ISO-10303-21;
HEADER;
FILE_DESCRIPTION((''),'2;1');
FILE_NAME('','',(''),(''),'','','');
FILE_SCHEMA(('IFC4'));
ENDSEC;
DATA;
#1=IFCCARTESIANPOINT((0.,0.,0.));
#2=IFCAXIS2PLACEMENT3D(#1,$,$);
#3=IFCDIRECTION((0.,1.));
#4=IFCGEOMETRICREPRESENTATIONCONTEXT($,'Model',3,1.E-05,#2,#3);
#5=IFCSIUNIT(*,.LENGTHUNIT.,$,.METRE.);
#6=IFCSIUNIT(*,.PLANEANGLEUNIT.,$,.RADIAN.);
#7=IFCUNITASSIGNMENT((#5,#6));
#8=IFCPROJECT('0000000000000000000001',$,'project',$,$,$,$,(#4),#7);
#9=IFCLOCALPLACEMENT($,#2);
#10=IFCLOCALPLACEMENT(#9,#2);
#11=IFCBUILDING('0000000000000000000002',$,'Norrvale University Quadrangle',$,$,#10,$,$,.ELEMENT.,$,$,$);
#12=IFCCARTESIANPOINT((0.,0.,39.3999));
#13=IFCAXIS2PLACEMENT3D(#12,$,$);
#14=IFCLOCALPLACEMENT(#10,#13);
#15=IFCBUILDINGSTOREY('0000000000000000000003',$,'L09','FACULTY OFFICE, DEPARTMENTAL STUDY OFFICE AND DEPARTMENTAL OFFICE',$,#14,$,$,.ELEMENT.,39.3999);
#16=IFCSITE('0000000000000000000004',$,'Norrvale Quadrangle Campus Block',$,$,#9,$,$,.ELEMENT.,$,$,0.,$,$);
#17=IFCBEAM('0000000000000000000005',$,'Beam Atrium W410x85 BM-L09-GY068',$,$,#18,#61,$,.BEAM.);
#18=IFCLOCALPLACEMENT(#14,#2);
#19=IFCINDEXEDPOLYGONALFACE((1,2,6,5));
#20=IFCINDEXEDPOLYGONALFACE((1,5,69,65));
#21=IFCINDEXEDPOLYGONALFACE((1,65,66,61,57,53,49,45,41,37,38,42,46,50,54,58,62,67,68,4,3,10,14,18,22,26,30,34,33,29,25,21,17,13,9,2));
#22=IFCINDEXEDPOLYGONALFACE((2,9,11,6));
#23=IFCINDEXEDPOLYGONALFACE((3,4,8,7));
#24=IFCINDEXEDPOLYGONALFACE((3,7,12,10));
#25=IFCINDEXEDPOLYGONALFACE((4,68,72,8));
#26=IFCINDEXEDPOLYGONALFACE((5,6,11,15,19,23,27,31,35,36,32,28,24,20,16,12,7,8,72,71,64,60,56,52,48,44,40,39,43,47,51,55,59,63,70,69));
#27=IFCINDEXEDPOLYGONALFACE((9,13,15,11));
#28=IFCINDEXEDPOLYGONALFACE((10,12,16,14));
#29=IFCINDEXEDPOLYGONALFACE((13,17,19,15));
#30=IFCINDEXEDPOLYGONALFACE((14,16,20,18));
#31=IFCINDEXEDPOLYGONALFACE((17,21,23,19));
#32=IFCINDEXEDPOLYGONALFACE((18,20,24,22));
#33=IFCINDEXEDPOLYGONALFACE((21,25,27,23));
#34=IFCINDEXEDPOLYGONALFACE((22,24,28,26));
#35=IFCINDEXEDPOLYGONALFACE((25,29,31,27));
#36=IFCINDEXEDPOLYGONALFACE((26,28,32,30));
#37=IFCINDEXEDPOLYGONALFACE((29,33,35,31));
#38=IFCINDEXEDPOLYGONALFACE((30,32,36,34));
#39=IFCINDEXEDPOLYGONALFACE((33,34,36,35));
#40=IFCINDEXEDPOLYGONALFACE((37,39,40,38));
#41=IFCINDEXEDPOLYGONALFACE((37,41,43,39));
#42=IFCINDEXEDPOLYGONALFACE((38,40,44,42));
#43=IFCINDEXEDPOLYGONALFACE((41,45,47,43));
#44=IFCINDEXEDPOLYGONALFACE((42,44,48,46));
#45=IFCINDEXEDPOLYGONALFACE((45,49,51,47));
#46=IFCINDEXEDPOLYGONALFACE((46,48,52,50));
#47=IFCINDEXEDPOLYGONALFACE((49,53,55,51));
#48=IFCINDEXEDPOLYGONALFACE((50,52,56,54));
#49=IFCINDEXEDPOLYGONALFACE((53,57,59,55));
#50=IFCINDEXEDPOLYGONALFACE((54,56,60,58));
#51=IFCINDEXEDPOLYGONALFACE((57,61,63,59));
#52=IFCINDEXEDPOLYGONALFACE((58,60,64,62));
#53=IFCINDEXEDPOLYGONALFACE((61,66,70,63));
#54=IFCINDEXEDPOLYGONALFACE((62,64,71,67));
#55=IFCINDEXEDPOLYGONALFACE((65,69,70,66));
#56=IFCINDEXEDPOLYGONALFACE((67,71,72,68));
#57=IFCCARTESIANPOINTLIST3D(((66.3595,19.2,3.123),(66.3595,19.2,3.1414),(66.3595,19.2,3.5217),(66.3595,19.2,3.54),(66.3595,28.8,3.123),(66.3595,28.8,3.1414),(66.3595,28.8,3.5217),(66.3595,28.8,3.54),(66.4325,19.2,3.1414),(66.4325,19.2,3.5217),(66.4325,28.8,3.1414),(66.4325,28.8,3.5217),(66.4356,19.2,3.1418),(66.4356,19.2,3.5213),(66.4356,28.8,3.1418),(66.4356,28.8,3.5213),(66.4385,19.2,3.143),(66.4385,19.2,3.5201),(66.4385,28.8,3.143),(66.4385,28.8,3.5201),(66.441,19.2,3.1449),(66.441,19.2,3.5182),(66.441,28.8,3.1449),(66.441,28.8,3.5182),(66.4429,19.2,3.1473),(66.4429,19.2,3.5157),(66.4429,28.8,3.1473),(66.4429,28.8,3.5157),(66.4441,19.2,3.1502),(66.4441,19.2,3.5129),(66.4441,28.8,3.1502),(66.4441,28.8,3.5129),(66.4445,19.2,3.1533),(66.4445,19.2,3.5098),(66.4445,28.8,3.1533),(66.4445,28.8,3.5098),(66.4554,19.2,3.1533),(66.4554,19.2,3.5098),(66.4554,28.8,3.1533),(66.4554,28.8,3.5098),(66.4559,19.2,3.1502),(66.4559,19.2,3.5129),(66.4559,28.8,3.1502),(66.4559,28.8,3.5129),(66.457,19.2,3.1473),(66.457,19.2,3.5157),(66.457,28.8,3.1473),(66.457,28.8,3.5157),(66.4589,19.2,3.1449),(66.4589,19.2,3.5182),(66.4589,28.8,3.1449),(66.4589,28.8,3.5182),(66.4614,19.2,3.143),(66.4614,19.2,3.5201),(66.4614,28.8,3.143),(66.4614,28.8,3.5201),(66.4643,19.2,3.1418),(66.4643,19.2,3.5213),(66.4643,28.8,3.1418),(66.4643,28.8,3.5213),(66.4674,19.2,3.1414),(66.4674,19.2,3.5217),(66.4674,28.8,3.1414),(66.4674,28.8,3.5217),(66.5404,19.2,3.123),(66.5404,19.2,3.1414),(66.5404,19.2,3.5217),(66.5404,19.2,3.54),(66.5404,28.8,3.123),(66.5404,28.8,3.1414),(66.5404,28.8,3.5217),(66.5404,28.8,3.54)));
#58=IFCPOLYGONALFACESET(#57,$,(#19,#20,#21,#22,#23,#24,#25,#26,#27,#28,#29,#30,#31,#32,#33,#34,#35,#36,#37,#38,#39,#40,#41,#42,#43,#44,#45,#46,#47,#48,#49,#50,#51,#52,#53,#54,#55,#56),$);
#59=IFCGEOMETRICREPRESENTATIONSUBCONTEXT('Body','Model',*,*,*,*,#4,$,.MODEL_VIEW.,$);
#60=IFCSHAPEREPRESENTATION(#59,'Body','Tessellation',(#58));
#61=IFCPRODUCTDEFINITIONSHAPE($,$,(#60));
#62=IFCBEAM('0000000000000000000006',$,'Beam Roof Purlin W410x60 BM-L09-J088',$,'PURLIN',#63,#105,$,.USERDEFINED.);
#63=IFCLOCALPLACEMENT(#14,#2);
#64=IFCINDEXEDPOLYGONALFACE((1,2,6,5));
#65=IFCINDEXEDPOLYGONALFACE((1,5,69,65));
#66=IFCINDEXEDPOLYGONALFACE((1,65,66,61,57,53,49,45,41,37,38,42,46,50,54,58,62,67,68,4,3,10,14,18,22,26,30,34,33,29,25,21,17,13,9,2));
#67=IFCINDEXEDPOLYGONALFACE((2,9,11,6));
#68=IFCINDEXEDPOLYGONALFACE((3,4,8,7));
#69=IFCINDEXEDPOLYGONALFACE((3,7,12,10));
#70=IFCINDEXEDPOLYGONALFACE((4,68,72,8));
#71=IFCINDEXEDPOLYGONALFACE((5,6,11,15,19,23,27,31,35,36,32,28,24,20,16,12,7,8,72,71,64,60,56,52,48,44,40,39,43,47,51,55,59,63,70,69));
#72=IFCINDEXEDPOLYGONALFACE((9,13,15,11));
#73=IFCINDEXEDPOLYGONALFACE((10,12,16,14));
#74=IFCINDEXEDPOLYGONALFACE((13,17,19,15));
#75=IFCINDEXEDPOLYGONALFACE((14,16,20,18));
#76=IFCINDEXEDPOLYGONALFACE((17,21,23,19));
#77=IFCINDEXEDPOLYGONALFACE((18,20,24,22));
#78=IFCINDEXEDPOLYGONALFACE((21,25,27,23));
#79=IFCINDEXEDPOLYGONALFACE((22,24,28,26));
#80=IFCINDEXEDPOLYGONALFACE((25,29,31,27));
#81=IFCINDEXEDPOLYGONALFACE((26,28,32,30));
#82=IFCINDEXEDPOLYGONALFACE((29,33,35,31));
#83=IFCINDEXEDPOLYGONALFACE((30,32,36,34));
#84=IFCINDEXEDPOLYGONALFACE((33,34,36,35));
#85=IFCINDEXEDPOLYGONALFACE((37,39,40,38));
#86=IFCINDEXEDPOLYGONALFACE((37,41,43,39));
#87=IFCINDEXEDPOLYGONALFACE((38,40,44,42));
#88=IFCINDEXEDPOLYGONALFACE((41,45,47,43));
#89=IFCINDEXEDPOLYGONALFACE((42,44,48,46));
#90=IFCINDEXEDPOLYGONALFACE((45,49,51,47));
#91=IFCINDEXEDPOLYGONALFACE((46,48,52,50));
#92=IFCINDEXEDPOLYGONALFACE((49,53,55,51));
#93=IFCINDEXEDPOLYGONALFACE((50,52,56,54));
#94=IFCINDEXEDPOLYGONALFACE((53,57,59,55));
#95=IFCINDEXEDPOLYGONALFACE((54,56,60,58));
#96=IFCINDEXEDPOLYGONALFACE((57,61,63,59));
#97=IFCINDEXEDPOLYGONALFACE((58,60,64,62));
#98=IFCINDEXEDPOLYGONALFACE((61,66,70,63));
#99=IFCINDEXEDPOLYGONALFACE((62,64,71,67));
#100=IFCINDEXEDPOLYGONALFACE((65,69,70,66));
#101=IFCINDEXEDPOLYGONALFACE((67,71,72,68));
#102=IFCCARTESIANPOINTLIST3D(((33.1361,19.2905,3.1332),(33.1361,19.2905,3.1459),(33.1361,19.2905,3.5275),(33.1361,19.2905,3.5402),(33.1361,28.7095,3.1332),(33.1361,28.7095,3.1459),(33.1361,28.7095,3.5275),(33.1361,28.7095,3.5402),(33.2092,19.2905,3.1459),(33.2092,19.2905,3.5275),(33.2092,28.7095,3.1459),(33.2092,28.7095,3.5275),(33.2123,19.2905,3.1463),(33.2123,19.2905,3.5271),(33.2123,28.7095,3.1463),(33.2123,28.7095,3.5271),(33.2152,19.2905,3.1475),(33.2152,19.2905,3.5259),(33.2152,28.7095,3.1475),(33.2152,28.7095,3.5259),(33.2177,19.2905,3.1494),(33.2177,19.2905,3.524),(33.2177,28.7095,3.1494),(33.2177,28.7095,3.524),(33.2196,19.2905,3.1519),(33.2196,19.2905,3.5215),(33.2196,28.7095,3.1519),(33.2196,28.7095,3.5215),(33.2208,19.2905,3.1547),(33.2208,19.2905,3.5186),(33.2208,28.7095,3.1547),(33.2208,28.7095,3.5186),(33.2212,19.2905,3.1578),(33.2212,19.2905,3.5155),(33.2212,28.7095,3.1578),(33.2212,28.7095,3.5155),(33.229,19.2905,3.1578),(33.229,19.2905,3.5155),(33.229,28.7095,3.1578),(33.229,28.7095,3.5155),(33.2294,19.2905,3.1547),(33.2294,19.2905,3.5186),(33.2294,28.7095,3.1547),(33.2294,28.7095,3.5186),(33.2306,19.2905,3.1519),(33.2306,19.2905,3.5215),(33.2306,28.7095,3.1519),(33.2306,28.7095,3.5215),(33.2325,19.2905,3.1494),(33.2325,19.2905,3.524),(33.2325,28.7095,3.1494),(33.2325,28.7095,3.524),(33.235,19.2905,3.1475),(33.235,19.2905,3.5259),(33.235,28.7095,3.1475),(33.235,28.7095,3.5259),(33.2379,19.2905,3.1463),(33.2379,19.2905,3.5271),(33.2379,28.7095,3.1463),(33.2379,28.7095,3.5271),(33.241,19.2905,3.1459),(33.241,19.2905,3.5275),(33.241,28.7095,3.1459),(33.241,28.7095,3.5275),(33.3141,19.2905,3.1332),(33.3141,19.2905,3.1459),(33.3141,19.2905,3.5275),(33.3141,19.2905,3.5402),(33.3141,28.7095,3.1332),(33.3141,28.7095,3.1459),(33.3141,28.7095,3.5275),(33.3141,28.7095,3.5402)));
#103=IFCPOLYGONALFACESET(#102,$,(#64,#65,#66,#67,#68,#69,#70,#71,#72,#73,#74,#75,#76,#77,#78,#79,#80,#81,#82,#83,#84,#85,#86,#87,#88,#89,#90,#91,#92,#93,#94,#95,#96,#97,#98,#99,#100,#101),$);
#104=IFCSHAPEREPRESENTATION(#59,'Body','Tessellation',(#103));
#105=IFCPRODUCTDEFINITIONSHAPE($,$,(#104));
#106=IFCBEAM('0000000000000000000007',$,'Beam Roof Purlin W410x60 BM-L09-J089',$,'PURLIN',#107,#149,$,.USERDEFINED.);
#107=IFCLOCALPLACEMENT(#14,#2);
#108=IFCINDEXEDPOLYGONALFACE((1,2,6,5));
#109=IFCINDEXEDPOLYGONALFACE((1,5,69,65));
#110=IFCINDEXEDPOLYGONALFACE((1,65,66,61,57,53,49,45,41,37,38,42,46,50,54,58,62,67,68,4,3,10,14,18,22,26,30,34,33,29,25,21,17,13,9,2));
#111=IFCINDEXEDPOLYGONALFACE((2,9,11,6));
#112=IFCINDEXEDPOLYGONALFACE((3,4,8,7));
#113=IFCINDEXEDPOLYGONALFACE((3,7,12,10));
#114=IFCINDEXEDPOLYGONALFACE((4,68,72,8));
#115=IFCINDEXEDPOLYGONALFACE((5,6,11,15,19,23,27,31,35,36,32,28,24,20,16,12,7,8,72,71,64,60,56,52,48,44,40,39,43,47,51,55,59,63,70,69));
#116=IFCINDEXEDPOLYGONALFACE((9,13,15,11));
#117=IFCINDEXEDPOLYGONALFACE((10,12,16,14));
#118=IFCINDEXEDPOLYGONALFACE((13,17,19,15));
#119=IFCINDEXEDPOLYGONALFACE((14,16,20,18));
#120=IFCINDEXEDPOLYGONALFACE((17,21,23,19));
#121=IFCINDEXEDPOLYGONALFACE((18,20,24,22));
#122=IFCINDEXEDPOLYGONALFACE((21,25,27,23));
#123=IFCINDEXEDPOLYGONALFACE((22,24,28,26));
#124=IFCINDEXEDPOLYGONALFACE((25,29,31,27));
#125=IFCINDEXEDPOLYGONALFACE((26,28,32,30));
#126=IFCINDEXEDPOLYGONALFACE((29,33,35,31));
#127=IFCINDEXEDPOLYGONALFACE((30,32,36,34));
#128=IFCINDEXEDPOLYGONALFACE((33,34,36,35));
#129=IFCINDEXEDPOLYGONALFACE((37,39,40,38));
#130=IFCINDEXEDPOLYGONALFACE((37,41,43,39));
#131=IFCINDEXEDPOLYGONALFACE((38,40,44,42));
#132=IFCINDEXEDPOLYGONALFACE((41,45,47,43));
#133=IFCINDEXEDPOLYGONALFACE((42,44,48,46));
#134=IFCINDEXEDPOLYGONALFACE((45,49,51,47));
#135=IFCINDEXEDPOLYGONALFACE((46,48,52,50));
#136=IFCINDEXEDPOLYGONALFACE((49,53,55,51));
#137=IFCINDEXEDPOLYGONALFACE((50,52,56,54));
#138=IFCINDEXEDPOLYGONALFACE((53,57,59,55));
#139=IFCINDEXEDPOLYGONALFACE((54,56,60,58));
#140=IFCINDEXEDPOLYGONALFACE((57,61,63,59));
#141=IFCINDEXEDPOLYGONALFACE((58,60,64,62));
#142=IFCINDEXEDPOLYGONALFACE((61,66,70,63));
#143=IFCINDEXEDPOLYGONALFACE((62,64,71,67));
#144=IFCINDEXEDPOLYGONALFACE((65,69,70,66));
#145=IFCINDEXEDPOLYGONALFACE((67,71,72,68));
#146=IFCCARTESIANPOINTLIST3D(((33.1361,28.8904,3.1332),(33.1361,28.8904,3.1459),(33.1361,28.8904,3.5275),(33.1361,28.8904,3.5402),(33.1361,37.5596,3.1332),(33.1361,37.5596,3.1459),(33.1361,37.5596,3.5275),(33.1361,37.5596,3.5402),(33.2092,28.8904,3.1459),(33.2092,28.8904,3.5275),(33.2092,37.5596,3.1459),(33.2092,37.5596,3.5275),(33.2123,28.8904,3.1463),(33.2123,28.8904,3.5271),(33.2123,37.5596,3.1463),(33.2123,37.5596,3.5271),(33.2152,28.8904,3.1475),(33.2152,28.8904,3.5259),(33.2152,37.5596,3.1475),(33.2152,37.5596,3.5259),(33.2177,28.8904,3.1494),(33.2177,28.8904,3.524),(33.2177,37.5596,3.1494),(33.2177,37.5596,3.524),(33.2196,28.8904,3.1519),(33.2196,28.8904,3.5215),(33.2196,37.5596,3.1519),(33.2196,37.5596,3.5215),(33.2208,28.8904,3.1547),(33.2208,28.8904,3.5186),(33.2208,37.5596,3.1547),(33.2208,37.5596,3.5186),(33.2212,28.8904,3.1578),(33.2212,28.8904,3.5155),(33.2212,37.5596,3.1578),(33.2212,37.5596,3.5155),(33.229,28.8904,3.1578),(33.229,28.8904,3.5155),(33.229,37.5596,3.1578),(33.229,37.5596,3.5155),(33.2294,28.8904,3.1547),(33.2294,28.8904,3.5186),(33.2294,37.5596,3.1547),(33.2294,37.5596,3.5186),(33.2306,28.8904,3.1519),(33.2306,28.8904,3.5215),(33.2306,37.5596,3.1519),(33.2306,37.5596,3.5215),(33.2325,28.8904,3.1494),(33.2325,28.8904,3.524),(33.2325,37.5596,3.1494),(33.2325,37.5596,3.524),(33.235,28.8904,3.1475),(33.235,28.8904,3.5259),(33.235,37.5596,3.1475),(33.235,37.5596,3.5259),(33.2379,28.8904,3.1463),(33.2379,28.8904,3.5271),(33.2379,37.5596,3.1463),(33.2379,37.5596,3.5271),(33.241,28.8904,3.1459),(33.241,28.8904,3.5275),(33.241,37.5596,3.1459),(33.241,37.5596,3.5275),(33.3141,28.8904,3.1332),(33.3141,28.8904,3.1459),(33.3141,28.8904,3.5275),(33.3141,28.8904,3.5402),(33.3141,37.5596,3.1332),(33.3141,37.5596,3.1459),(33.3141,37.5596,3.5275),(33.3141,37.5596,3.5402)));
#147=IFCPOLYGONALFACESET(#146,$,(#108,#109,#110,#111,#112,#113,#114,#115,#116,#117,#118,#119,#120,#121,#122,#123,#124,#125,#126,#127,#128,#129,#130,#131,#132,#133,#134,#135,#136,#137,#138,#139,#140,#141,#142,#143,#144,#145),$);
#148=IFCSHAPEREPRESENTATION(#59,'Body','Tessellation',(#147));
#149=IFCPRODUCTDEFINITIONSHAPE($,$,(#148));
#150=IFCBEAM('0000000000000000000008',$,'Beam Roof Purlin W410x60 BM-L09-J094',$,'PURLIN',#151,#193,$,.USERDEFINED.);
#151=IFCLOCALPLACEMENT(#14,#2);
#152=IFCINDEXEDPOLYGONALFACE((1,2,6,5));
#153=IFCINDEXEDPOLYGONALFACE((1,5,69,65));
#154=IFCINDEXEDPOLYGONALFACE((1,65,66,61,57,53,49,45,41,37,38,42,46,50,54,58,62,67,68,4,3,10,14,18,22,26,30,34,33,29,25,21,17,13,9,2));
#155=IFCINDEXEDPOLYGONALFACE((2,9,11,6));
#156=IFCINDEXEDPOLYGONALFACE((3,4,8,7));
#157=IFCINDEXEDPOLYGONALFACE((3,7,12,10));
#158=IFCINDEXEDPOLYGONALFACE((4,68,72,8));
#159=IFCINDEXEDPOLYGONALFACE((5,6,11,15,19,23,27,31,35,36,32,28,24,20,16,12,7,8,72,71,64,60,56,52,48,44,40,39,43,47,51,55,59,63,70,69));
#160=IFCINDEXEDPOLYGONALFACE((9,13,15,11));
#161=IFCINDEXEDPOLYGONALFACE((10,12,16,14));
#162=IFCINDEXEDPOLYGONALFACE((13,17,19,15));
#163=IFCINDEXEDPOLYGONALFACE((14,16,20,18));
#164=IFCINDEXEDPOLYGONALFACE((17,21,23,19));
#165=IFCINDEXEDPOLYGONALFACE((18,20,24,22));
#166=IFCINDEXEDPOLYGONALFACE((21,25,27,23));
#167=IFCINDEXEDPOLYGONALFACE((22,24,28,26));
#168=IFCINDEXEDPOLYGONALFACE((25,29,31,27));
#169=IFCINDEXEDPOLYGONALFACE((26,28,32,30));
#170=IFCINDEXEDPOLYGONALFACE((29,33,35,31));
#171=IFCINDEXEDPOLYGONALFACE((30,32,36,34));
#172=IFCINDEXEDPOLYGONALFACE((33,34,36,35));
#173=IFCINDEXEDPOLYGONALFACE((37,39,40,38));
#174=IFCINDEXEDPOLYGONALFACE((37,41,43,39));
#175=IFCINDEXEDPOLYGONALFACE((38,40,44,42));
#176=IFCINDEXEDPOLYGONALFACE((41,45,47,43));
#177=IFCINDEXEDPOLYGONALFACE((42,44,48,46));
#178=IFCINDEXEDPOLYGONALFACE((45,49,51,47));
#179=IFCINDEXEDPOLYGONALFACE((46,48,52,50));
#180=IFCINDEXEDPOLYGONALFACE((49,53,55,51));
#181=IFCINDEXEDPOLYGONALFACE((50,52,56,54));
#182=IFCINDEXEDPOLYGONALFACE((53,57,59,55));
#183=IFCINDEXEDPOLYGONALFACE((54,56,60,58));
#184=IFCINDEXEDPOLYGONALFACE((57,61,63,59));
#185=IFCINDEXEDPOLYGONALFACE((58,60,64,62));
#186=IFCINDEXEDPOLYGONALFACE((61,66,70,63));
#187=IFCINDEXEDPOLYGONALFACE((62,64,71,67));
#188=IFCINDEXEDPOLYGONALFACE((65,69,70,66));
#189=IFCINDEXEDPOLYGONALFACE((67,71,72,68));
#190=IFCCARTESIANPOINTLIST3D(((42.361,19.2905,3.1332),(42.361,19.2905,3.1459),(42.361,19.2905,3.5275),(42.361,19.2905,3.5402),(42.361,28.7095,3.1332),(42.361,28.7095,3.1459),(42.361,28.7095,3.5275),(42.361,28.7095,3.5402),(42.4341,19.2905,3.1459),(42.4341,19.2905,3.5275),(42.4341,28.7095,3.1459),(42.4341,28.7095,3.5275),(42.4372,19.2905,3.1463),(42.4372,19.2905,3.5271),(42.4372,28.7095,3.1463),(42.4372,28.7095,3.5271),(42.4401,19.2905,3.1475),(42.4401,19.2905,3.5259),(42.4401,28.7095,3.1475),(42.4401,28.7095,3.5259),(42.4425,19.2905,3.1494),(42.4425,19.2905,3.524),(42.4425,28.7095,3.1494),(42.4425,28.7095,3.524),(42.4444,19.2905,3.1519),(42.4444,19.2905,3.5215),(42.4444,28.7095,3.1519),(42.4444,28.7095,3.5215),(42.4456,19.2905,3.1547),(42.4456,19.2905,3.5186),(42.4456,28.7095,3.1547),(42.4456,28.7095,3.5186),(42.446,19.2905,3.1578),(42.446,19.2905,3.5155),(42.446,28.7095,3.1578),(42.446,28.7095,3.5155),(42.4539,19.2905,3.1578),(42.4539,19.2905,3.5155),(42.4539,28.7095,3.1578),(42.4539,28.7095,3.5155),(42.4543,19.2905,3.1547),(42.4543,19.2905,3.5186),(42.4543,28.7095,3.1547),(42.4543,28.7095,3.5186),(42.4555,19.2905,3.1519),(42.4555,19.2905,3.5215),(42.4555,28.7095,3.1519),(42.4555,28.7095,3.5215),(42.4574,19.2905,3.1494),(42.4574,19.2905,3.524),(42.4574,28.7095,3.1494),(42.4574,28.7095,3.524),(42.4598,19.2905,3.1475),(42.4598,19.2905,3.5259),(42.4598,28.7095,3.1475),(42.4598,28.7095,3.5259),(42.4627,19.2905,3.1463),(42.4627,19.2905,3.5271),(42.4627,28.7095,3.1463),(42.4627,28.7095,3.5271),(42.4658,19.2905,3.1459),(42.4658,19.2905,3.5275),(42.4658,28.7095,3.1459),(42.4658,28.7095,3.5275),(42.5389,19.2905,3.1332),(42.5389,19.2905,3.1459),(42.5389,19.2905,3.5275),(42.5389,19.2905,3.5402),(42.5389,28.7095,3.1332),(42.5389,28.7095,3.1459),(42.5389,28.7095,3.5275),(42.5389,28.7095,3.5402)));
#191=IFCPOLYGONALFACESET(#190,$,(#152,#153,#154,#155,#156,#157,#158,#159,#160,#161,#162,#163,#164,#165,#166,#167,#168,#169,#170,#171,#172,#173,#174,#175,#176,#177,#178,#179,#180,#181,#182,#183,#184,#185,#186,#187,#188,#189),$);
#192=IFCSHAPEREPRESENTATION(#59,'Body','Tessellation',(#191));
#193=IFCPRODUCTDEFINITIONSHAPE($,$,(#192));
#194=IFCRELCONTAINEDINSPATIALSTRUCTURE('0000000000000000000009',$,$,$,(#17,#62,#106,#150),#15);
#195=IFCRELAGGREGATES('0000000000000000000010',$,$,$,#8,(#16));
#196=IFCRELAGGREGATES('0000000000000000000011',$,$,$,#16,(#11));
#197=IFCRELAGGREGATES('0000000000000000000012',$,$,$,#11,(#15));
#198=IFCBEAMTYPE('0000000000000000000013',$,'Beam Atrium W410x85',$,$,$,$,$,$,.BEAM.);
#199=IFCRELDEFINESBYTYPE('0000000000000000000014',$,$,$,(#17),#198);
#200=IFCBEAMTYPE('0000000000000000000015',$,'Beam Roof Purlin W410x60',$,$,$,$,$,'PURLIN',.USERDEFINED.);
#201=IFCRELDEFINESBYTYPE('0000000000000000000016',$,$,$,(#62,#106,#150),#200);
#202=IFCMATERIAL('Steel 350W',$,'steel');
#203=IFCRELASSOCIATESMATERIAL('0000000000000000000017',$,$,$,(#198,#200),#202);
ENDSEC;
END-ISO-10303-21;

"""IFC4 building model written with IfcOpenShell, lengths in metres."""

from ifc_helpers import new_model, si_unit, direction, frame, origin, origin_2d, place, context, subcontext, project, spatial, i_section, extrude, material, material_profile, profile_set, type_object, element, save


model = new_model("IFC4")

# Units and contexts
model_context = context("Model", 3, precision=1e-05, world=origin(), true_north=direction((0.0, 1.0)))
body_context = subcontext(model_context, "Body", "Model", "MODEL_VIEW")
ifc_project = project(units=[si_unit("LENGTHUNIT", "METRE"), si_unit("PLANEANGLEUNIT", "RADIAN")], contexts=[model_context])

# Site, building, storey
site_placement = place(None, origin())
site = spatial("IfcSite", under=ifc_project, at=site_placement, Name="Norrvale Quadrangle Campus Block", CompositionType="ELEMENT", RefElevation=0.0)
building_placement = place(site_placement, origin())
building = spatial("IfcBuilding", under=site, at=building_placement, Name="Norrvale University Quadrangle", CompositionType="ELEMENT")
storey_placement = place(building_placement, frame((0.0, 0.0, 39.3999)))
storey = spatial("IfcBuildingStorey", under=building, at=storey_placement, Name="L09", Description="FACULTY OFFICE, DEPARTMENTAL STUDY OFFICE AND DEPARTMENTAL OFFICE", CompositionType="ELEMENT", Elevation=39.3999)

# Beams
ifc_material_1 = material(Name="Steel 350W", Category="steel")
ifc_material_profile_1 = material_profile(ifc_material_1, i_section(OverallWidth=0.1809, OverallDepth=0.417, WebThickness=0.011, FlangeThickness=0.0183, FilletRadius=0.012, at=origin_2d()), Name="Steel 350W")
ifc_profile_set_1 = profile_set([ifc_material_profile_1], Name="Steel 350W")
beam_type_1 = type_object("IfcBeamType", Name="Beam Atrium W410x85", PredefinedType="BEAM", material=ifc_profile_set_1)
beam_1_placement = place(storey_placement, frame((66.45, 19.2, 3.3315), z_axis=(0.0, 1.0, 0.0), x_axis=(-1.0, 0.0, 0.0)))
element("IfcBeam", 1, at=beam_1_placement, inside=storey, type_object=beam_type_1, Name="Beam Atrium W410x85 BM-L09-GY068", PredefinedType="BEAM", context=body_context, shape_type="SweptSolid", body=[
    extrude(i_section(OverallWidth=0.1809, OverallDepth=0.417, WebThickness=0.011, FlangeThickness=0.0183, FilletRadius=0.012, at=origin_2d()), origin(), (0.0, 0.0, 1.0), 9.6001),
])
ifc_material_profile_2 = material_profile(ifc_material_1, i_section(OverallWidth=0.178, OverallDepth=0.407, WebThickness=0.0078, FlangeThickness=0.0127, FilletRadius=0.012, at=origin_2d()), Name="Steel 350W")
ifc_profile_set_2 = profile_set([ifc_material_profile_2], Name="Steel 350W")
beam_type_2 = type_object("IfcBeamType", Name="Beam Roof Purlin W410x60", ElementType="PURLIN", PredefinedType="USERDEFINED", material=ifc_profile_set_2)
beam_2_placement = place(storey_placement, frame((33.2251, 19.2905, 3.3367), z_axis=(0.0, 1.0, 0.0), x_axis=(-1.0, 0.0, 0.0)))
element("IfcBeam", 2, at=beam_2_placement, inside=storey, type_object=beam_type_2, Name="Beam Roof Purlin W410x60 BM-L09-J088", ObjectType="PURLIN", PredefinedType="USERDEFINED", context=body_context, shape_type="SweptSolid", body=[
    extrude(i_section(OverallWidth=0.178, OverallDepth=0.407, WebThickness=0.0078, FlangeThickness=0.0127, FilletRadius=0.012, at=origin_2d()), origin(), (0.0, 0.0, 1.0), 9.4189),
])
beam_3_placement = place(storey_placement, frame((33.2251, 28.8904, 3.3367), z_axis=(0.0, 1.0, 0.0), x_axis=(-1.0, 0.0, 0.0)))
element("IfcBeam", 3, at=beam_3_placement, inside=storey, type_object=beam_type_2, Name="Beam Roof Purlin W410x60 BM-L09-J089", ObjectType="PURLIN", PredefinedType="USERDEFINED", context=body_context, shape_type="SweptSolid", body=[
    extrude(i_section(OverallWidth=0.178, OverallDepth=0.407, WebThickness=0.0078, FlangeThickness=0.0127, FilletRadius=0.012, at=origin_2d()), origin(), (0.0, 0.0, 1.0), 8.6692),
])
beam_4_placement = place(storey_placement, frame((42.45, 19.2905, 3.3367), z_axis=(0.0, 1.0, 0.0), x_axis=(-1.0, 0.0, 0.0)))
element("IfcBeam", 4, at=beam_4_placement, inside=storey, type_object=beam_type_2, Name="Beam Roof Purlin W410x60 BM-L09-J094", ObjectType="PURLIN", PredefinedType="USERDEFINED", context=body_context, shape_type="SweptSolid", body=[
    extrude(i_section(OverallWidth=0.178, OverallDepth=0.407, WebThickness=0.0078, FlangeThickness=0.0127, FilletRadius=0.012, at=origin_2d()), origin(), (0.0, 0.0, 1.0), 9.4189),
])

save(model, "model.ifc")
